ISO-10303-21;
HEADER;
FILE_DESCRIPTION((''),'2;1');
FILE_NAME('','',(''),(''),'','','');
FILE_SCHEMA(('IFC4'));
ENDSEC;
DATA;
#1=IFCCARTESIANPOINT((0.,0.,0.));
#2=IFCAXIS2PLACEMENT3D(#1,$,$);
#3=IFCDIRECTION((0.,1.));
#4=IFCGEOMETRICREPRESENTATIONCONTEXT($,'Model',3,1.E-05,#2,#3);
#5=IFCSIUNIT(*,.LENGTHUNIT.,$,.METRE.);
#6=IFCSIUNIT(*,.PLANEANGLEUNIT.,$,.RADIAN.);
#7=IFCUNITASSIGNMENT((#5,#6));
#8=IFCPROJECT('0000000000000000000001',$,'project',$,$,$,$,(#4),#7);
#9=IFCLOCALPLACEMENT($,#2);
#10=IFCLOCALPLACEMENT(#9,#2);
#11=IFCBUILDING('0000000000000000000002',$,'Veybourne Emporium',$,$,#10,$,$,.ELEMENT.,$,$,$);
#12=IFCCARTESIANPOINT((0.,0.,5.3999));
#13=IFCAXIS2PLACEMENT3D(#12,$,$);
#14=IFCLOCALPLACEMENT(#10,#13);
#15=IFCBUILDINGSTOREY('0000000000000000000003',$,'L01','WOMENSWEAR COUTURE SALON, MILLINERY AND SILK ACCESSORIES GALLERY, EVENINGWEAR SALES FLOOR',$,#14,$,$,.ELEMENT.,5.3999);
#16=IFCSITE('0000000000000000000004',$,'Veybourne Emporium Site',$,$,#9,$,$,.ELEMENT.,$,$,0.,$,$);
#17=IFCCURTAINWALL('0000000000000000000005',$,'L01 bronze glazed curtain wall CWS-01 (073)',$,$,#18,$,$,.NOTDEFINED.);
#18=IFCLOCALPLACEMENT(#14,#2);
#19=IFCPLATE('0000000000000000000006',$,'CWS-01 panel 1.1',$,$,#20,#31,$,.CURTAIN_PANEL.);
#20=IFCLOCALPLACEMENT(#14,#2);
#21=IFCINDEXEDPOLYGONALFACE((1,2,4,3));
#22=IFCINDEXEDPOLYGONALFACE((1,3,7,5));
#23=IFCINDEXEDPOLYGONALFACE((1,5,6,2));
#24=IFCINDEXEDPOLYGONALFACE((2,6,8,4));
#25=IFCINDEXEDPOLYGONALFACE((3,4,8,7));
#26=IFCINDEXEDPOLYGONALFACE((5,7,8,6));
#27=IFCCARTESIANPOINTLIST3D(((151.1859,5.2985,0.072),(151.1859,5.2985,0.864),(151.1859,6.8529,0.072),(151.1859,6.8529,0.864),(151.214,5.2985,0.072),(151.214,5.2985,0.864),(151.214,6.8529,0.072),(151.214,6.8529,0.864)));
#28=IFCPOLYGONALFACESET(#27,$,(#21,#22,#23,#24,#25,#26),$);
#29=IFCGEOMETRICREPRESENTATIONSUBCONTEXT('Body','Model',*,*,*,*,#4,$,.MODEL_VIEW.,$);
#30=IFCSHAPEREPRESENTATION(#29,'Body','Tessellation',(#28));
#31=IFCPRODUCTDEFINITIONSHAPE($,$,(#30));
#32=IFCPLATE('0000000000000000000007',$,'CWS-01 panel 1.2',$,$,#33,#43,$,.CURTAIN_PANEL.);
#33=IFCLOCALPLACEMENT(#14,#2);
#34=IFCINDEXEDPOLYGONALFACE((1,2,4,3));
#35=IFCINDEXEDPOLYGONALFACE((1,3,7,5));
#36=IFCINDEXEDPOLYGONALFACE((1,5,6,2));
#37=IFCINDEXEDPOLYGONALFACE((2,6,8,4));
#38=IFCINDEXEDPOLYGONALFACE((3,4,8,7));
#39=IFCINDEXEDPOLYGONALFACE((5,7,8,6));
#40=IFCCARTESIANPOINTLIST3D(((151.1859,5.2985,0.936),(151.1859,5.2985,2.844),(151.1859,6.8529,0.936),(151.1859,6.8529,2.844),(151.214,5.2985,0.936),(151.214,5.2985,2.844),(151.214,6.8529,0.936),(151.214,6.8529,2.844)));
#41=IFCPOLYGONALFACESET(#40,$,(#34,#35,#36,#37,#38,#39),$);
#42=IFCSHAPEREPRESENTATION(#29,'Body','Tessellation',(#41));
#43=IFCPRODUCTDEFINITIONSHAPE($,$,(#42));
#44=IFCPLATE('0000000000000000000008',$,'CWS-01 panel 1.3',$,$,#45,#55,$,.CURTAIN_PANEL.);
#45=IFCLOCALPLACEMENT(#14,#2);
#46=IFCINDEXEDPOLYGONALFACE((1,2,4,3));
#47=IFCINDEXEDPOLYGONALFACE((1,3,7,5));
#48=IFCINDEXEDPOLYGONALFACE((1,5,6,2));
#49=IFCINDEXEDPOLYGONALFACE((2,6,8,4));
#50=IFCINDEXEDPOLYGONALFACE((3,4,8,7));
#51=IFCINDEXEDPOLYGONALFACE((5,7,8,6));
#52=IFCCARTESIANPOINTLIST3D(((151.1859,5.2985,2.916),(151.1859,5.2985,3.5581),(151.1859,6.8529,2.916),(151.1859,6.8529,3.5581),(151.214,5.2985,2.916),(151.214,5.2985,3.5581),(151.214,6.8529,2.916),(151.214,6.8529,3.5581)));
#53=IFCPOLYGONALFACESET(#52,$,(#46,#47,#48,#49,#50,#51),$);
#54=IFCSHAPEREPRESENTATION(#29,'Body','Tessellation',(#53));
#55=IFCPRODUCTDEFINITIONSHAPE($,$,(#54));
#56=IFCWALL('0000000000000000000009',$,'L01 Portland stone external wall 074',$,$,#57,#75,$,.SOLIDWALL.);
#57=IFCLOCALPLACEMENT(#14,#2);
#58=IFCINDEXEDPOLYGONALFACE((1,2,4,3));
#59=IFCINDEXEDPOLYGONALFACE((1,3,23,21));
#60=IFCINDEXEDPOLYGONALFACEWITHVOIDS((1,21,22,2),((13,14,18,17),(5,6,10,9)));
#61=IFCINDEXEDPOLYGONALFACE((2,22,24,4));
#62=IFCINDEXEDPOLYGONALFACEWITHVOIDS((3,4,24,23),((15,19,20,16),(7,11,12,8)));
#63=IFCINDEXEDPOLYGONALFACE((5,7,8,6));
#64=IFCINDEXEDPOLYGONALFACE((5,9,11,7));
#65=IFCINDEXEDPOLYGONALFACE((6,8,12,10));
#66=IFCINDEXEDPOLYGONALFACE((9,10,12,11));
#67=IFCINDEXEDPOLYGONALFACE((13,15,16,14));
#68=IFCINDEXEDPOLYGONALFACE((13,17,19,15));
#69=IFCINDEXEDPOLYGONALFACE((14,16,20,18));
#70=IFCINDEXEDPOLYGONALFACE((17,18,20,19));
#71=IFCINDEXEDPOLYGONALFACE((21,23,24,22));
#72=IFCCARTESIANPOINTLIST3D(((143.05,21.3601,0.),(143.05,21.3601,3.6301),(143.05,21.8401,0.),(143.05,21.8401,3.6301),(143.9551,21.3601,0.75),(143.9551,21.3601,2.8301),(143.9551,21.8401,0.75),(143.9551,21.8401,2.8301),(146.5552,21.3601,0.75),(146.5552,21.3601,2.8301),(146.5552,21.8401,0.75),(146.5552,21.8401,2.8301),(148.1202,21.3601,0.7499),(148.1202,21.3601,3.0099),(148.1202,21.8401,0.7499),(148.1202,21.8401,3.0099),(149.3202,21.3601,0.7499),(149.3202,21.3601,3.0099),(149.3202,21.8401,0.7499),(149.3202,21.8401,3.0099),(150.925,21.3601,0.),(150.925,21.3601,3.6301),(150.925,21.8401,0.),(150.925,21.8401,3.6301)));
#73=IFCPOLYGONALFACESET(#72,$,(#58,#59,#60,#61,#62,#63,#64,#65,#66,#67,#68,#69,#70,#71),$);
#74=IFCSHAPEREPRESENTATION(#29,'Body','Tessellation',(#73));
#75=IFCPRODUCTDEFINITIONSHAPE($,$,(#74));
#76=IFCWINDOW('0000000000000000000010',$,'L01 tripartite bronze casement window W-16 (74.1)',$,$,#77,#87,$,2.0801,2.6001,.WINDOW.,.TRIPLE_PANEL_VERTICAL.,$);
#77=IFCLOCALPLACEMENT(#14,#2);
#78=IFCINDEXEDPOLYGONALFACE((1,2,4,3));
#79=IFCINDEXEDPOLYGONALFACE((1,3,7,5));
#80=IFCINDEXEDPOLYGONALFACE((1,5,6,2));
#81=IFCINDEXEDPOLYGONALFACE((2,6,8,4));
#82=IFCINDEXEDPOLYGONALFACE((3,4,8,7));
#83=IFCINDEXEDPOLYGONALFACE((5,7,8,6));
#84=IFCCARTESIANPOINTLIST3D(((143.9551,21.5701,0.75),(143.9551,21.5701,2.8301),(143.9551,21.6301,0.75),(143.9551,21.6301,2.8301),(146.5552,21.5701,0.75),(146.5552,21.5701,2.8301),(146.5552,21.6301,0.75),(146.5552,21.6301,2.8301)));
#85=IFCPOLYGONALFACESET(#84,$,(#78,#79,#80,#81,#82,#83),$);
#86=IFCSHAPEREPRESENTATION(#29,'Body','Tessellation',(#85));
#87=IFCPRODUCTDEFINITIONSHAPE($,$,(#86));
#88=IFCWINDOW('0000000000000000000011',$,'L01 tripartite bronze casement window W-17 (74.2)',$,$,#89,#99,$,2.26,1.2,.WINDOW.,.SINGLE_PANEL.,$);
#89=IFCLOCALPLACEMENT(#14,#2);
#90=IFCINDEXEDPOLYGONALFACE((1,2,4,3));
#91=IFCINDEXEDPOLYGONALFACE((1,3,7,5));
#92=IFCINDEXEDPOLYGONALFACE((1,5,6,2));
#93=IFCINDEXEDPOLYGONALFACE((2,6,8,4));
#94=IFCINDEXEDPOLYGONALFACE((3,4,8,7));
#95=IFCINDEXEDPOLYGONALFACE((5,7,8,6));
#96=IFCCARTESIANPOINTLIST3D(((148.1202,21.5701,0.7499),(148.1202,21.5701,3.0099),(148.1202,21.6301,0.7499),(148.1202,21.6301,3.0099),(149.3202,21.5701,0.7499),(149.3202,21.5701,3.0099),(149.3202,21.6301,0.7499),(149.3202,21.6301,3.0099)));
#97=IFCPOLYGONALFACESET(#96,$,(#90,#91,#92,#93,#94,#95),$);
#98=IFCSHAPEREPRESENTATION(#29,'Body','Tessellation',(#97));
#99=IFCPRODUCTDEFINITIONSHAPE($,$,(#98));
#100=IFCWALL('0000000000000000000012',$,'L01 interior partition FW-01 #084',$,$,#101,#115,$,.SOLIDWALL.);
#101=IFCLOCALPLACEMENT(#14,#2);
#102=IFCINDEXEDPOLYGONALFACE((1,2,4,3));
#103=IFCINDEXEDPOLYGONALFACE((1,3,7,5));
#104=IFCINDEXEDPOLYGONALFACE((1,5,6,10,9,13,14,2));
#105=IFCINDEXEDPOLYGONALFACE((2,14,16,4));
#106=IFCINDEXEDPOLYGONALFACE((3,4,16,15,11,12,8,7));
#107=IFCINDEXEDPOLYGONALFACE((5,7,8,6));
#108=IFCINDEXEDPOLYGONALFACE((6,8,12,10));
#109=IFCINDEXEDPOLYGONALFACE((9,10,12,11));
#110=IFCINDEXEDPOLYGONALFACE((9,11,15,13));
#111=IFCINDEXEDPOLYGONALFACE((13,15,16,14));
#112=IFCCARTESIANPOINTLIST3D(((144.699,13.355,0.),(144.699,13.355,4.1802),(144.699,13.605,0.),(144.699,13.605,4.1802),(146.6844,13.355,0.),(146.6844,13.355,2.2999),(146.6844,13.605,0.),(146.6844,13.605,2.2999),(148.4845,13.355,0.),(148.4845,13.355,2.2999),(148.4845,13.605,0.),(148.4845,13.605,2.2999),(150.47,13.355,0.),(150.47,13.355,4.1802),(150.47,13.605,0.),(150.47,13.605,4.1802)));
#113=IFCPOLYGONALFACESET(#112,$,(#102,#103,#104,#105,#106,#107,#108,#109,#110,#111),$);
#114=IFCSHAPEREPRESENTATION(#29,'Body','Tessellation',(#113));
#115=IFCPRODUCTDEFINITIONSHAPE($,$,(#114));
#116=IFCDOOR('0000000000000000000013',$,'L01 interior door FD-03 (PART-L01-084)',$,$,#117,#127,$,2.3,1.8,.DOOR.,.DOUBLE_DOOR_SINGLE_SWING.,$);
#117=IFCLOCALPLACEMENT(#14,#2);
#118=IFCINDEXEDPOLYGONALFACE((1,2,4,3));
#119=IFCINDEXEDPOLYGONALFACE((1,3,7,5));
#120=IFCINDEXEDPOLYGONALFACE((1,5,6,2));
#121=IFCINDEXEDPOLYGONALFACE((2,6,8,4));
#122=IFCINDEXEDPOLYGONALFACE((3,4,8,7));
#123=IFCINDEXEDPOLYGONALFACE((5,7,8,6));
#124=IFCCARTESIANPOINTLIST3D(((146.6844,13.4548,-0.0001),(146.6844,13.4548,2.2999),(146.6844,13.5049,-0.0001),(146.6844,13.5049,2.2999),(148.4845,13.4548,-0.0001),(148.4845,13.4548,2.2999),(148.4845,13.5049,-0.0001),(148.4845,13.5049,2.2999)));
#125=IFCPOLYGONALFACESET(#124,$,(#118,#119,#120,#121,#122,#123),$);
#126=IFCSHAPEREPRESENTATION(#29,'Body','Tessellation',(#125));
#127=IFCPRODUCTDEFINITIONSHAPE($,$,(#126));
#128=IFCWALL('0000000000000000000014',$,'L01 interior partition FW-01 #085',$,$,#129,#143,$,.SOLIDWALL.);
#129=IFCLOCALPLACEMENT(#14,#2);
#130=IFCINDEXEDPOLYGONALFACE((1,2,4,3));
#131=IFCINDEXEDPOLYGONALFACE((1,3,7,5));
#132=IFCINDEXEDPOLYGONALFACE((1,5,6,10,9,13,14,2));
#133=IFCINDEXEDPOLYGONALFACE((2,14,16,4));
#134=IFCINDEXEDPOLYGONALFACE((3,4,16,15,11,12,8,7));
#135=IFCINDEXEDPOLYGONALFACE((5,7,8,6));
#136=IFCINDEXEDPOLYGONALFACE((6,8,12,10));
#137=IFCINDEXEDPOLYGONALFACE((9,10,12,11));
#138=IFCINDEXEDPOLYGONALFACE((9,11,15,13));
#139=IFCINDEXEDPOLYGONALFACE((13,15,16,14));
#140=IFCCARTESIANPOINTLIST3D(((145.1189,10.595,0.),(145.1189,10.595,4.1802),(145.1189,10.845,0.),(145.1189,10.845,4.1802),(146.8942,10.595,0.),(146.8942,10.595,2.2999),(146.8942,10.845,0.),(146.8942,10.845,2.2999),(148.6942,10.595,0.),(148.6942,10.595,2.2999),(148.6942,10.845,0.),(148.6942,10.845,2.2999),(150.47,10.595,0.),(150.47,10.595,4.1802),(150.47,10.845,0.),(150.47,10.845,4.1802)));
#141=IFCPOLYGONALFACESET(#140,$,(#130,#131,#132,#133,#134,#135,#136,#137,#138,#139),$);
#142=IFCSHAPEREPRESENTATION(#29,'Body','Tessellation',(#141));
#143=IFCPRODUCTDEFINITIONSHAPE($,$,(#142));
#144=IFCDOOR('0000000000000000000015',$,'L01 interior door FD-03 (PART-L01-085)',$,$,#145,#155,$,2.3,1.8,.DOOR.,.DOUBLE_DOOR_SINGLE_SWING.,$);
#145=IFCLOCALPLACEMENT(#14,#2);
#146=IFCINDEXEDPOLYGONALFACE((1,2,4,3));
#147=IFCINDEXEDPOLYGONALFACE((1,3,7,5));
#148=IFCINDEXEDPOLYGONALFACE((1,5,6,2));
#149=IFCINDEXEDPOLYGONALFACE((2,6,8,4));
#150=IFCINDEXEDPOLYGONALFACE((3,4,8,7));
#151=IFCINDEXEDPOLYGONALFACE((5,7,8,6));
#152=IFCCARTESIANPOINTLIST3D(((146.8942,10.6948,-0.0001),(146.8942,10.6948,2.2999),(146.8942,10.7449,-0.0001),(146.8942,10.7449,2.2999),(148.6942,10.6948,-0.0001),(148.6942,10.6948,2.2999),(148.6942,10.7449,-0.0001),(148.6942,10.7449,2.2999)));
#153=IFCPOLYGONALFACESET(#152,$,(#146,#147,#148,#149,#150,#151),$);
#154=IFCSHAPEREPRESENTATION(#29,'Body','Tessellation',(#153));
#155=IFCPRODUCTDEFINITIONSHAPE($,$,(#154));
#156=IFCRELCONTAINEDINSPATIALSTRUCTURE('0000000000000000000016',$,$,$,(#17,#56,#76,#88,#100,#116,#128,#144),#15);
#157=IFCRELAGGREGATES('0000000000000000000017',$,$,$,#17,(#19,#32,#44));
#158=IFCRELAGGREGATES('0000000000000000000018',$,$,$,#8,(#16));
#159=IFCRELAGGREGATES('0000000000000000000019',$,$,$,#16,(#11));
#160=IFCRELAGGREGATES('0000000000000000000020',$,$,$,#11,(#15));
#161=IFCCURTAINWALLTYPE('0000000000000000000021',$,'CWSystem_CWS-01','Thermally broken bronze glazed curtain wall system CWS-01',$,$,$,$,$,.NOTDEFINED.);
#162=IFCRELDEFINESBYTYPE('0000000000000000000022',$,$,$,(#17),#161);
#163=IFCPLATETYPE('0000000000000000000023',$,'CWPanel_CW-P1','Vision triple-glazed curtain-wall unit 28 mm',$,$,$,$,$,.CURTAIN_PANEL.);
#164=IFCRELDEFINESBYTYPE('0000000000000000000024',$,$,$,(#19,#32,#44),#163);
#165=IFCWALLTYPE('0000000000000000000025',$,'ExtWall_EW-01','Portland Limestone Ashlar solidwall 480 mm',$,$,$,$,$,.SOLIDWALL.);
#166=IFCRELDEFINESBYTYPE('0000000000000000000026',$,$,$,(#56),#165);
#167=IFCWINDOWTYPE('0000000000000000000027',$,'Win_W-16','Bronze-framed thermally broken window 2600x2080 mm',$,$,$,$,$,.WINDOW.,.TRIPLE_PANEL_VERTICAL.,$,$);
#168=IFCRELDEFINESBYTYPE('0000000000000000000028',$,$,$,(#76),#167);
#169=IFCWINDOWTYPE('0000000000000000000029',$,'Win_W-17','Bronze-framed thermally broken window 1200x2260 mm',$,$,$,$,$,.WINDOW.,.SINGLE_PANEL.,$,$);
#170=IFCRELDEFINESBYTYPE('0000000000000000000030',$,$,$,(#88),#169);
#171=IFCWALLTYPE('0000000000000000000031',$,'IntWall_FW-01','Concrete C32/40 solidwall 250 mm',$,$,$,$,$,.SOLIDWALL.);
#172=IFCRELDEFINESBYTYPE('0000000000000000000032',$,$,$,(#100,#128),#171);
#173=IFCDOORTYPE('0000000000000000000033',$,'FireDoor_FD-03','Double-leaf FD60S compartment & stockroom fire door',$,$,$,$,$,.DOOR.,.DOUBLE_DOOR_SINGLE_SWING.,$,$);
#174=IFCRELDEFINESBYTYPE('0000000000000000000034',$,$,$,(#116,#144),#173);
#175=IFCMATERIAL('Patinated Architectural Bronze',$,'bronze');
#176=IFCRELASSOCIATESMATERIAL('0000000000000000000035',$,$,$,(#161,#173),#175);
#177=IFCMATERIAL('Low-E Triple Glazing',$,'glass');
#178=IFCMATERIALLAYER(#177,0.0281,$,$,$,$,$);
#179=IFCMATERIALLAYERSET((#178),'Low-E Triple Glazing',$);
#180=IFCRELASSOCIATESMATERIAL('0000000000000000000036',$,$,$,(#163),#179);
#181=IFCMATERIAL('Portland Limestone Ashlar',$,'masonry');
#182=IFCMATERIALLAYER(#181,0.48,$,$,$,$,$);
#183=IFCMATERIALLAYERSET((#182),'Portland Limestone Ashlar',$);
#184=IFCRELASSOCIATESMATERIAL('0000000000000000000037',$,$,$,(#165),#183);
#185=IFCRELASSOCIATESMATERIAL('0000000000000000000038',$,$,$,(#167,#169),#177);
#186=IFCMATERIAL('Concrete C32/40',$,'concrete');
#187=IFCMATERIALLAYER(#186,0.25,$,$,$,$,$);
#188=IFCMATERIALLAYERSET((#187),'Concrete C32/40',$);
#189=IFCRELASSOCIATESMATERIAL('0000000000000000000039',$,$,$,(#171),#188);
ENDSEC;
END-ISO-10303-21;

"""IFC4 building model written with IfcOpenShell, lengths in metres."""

from ifc_helpers import new_model, si_unit, direction, frame, frame_2d, origin, origin_2d, place, context, subcontext, project, spatial, rectangle, extrude, material, layer, layer_set, type_object, element, fill, aggregate, save


model = new_model("IFC4")

# Units and contexts
model_context = context("Model", 3, precision=1e-05, world=origin(), true_north=direction((0.0, 1.0)))
body_context = subcontext(model_context, "Body", "Model", "MODEL_VIEW")
ifc_project = project(units=[si_unit("LENGTHUNIT", "METRE"), si_unit("PLANEANGLEUNIT", "RADIAN")], contexts=[model_context])

# Site, building, storey
site_placement = place(None, origin())
site = spatial("IfcSite", under=ifc_project, at=site_placement, Name="Veybourne Emporium Site", CompositionType="ELEMENT", RefElevation=0.0)
building_placement = place(site_placement, origin())
building = spatial("IfcBuilding", under=site, at=building_placement, Name="Veybourne Emporium", CompositionType="ELEMENT")
storey_placement = place(building_placement, frame((0.0, 0.0, 5.3999)))
storey = spatial("IfcBuildingStorey", under=building, at=storey_placement, Name="L01", Description="WOMENSWEAR COUTURE SALON, MILLINERY AND SILK ACCESSORIES GALLERY, EVENINGWEAR SALES FLOOR", CompositionType="ELEMENT", Elevation=5.3999)

# Shared definitions
ifc_material_1 = material(Name="Patinated Architectural Bronze", Category="bronze")

# Curtain wall
curtain_wall_type_1 = type_object("IfcCurtainWallType", Name="CWSystem_CWS-01", Description="Thermally broken bronze glazed curtain wall system CWS-01", PredefinedType="NOTDEFINED", material=ifc_material_1)
curtain_wall_1_placement = place(storey_placement, origin())
curtain_wall_1 = element("IfcCurtainWall", 1, at=curtain_wall_1_placement, inside=storey, type_object=curtain_wall_type_1, Name="L01 bronze glazed curtain wall CWS-01 (073)", PredefinedType="NOTDEFINED")

# Shared definitions
ifc_material_2 = material(Name="Concrete C32/40", Category="concrete")

# Plates
ifc_material_3 = material(Name="Low-E Triple Glazing", Category="glass")
ifc_layer_1 = layer(ifc_material_3, 0.0281)
ifc_layer_set_1 = layer_set([ifc_layer_1], Name="Low-E Triple Glazing")
plate_type = type_object("IfcPlateType", Name="CWPanel_CW-P1", Description="Vision triple-glazed curtain-wall unit 28 mm", PredefinedType="CURTAIN_PANEL", material=ifc_layer_set_1)
plate_1_placement = place(storey_placement, frame((151.2, 6.0757, 0.072), z_axis=(0.0, 0.0, 1.0), x_axis=(0.0, -1.0, 0.0)))
plate_1 = element("IfcPlate", 2, at=plate_1_placement, type_object=plate_type, Name="CWS-01 panel 1.1", PredefinedType="CURTAIN_PANEL", context=body_context, shape_type="SweptSolid", body=[
    extrude(rectangle(XDim=1.5544, YDim=0.0281, at=origin_2d()), origin(), (0.0, 0.0, 1.0), 0.792),
])
plate_2_placement = place(storey_placement, frame((151.2, 6.0757, 0.936), z_axis=(0.0, 0.0, 1.0), x_axis=(0.0, -1.0, 0.0)))
plate_2 = element("IfcPlate", 3, at=plate_2_placement, type_object=plate_type, Name="CWS-01 panel 1.2", PredefinedType="CURTAIN_PANEL", context=body_context, shape_type="SweptSolid", body=[
    extrude(rectangle(XDim=1.5544, YDim=0.0281, at=origin_2d()), origin(), (0.0, 0.0, 1.0), 1.908),
])
plate_3_placement = place(storey_placement, frame((151.2, 6.0757, 2.916), z_axis=(0.0, 0.0, 1.0), x_axis=(0.0, -1.0, 0.0)))
plate_3 = element("IfcPlate", 4, at=plate_3_placement, type_object=plate_type, Name="CWS-01 panel 1.3", PredefinedType="CURTAIN_PANEL", context=body_context, shape_type="SweptSolid", body=[
    extrude(rectangle(XDim=1.5544, YDim=0.0281, at=origin_2d()), origin(), (0.0, 0.0, 1.0), 0.6421),
])
aggregate(curtain_wall_1, [plate_1, plate_2, plate_3])

# Wall, openings, windows
ifc_material_4 = material(Name="Portland Limestone Ashlar", Category="masonry")
ifc_layer_2 = layer(ifc_material_4, 0.48)
ifc_layer_set_2 = layer_set([ifc_layer_2], Name="Portland Limestone Ashlar")
wall_type_1 = type_object("IfcWallType", Name="ExtWall_EW-01", Description="Portland Limestone Ashlar solidwall 480 mm", PredefinedType="SOLIDWALL", material=ifc_layer_set_2)
wall_1_placement = place(storey_placement, frame((143.05, 21.6001, 0.0), z_axis=(0.0, 0.0, 1.0), x_axis=(1.0, 0.0, 0.0)))
wall_1 = element("IfcWall", 5, at=wall_1_placement, inside=storey, type_object=wall_type_1, Name="L01 Portland stone external wall 074", PredefinedType="SOLIDWALL", context=body_context, shape_type="SweptSolid", body=[
    extrude(rectangle(XDim=7.875, YDim=0.48, at=frame_2d((3.9375, 0.0))), origin(), (0.0, 0.0, 1.0), 3.6301),
])
opening_1_placement = place(wall_1_placement, frame((0.905, 0.0, 0.75)))
opening_1 = element("IfcOpeningElement", 6, at=opening_1_placement, cuts=wall_1, PredefinedType="OPENING", context=body_context, shape_type="SweptSolid", body=[
    extrude(rectangle(XDim=2.6001, YDim=2.0801, at=frame_2d((1.3, 1.04))), frame((0.0, 0.26, 0.0), z_axis=(0.0, -1.0, 0.0), x_axis=(1.0, 0.0, 0.0)), (0.0, 0.0, 1.0), 0.52),
])
opening_2_placement = place(wall_1_placement, frame((5.0701, 0.0, 0.75)))
opening_2 = element("IfcOpeningElement", 7, at=opening_2_placement, cuts=wall_1, PredefinedType="OPENING", context=body_context, shape_type="SweptSolid", body=[
    extrude(rectangle(XDim=1.2, YDim=2.26, at=frame_2d((0.6001, 1.1299))), frame((0.0, 0.26, 0.0), z_axis=(0.0, -1.0, 0.0), x_axis=(1.0, 0.0, 0.0)), (0.0, 0.0, 1.0), 0.52),
])
window_type_1 = type_object("IfcWindowType", Name="Win_W-16", Description="Bronze-framed thermally broken window 2600x2080 mm", PartitioningType="TRIPLE_PANEL_VERTICAL", PredefinedType="WINDOW", material=ifc_material_3)
window_1_placement = place(opening_1_placement, origin())
window_1 = element("IfcWindow", 8, at=window_1_placement, inside=storey, type_object=window_type_1, Name="L01 tripartite bronze casement window W-16 (74.1)", OverallHeight=2.0801, OverallWidth=2.6001, PartitioningType="TRIPLE_PANEL_VERTICAL", PredefinedType="WINDOW", context=body_context, shape_type="SweptSolid", body=[
    extrude(rectangle(XDim=2.6001, YDim=2.0801, at=frame_2d((1.3, 1.04))), frame((0.0, 0.03, 0.0), z_axis=(0.0, -1.0, 0.0), x_axis=(1.0, 0.0, 0.0)), (0.0, 0.0, 1.0), 0.0601),
])
fill(opening_1, window_1)
window_type_2 = type_object("IfcWindowType", Name="Win_W-17", Description="Bronze-framed thermally broken window 1200x2260 mm", PartitioningType="SINGLE_PANEL", PredefinedType="WINDOW", material=ifc_material_3)
window_2_placement = place(opening_2_placement, origin())
window_2 = element("IfcWindow", 9, at=window_2_placement, inside=storey, type_object=window_type_2, Name="L01 tripartite bronze casement window W-17 (74.2)", OverallHeight=2.26, OverallWidth=1.2, PartitioningType="SINGLE_PANEL", PredefinedType="WINDOW", context=body_context, shape_type="SweptSolid", body=[
    extrude(rectangle(XDim=1.2, YDim=2.26, at=frame_2d((0.6001, 1.1299))), frame((0.0, 0.03, 0.0), z_axis=(0.0, -1.0, 0.0), x_axis=(1.0, 0.0, 0.0)), (0.0, 0.0, 1.0), 0.0601),
])
fill(opening_2, window_2)

# Walls, openings, doors
ifc_layer_3 = layer(ifc_material_2, 0.25)
ifc_layer_set_3 = layer_set([ifc_layer_3], Name="Concrete C32/40")
wall_type_2 = type_object("IfcWallType", Name="IntWall_FW-01", Description="Concrete C32/40 solidwall 250 mm", PredefinedType="SOLIDWALL", material=ifc_layer_set_3)
wall_2_placement = place(storey_placement, frame((144.699, 13.48, 0.0), z_axis=(0.0, 0.0, 1.0), x_axis=(1.0, 0.0, 0.0)))
wall_2 = element("IfcWall", 10, at=wall_2_placement, inside=storey, type_object=wall_type_2, Name="L01 interior partition FW-01 #084", PredefinedType="SOLIDWALL", context=body_context, shape_type="SweptSolid", body=[
    extrude(rectangle(XDim=5.771, YDim=0.25, at=frame_2d((2.8855, 0.0))), origin(), (0.0, 0.0, 1.0), 4.1802),
])
opening_3_placement = place(wall_2_placement, frame((1.9856, 0.0, 0.0)))
opening_3 = element("IfcOpeningElement", 11, at=opening_3_placement, cuts=wall_2, PredefinedType="OPENING", context=body_context, shape_type="SweptSolid", body=[
    extrude(rectangle(XDim=1.8, YDim=2.3, at=frame_2d((0.8999, 1.1499))), frame((0.0, 0.145, 0.0), z_axis=(0.0, -1.0, 0.0), x_axis=(1.0, 0.0, 0.0)), (0.0, 0.0, 1.0), 0.29),
])
door_type_1 = type_object("IfcDoorType", Name="FireDoor_FD-03", Description="Double-leaf FD60S compartment & stockroom fire door", OperationType="DOUBLE_DOOR_SINGLE_SWING", PredefinedType="DOOR", material=ifc_material_1)
door_1_placement = place(opening_3_placement, origin())
door_1 = element("IfcDoor", 12, at=door_1_placement, inside=storey, type_object=door_type_1, Name="L01 interior door FD-03 (PART-L01-084)", OperationType="DOUBLE_DOOR_SINGLE_SWING", OverallHeight=2.3, OverallWidth=1.8, PredefinedType="DOOR", context=body_context, shape_type="SweptSolid", body=[
    extrude(rectangle(XDim=1.8, YDim=2.3, at=frame_2d((0.8999, 1.1499))), frame((0.0, 0.0249, 0.0), z_axis=(0.0, -1.0, 0.0), x_axis=(1.0, 0.0, 0.0)), (0.0, 0.0, 1.0), 0.05),
])
fill(opening_3, door_1)
wall_3_placement = place(storey_placement, frame((145.1189, 10.72, 0.0), z_axis=(0.0, 0.0, 1.0), x_axis=(1.0, 0.0, 0.0)))
wall_3 = element("IfcWall", 13, at=wall_3_placement, inside=storey, type_object=wall_type_2, Name="L01 interior partition FW-01 #085", PredefinedType="SOLIDWALL", context=body_context, shape_type="SweptSolid", body=[
    extrude(rectangle(XDim=5.3511, YDim=0.25, at=frame_2d((2.6755, 0.0))), origin(), (0.0, 0.0, 1.0), 4.1802),
])
opening_4_placement = place(wall_3_placement, frame((1.7754, 0.0, 0.0)))
opening_4 = element("IfcOpeningElement", 14, at=opening_4_placement, cuts=wall_3, PredefinedType="OPENING", context=body_context, shape_type="SweptSolid", body=[
    extrude(rectangle(XDim=1.8, YDim=2.3, at=frame_2d((0.8999, 1.1499))), frame((0.0, 0.145, 0.0), z_axis=(0.0, -1.0, 0.0), x_axis=(1.0, 0.0, 0.0)), (0.0, 0.0, 1.0), 0.29),
])
door_2_placement = place(opening_4_placement, origin())
door_2 = element("IfcDoor", 15, at=door_2_placement, inside=storey, type_object=door_type_1, Name="L01 interior door FD-03 (PART-L01-085)", OperationType="DOUBLE_DOOR_SINGLE_SWING", OverallHeight=2.3, OverallWidth=1.8, PredefinedType="DOOR", context=body_context, shape_type="SweptSolid", body=[
    extrude(rectangle(XDim=1.8, YDim=2.3, at=frame_2d((0.8999, 1.1499))), frame((0.0, 0.0249, 0.0), z_axis=(0.0, -1.0, 0.0), x_axis=(1.0, 0.0, 0.0)), (0.0, 0.0, 1.0), 0.05),
])
fill(opening_4, door_2)

save(model, "model.ifc")
